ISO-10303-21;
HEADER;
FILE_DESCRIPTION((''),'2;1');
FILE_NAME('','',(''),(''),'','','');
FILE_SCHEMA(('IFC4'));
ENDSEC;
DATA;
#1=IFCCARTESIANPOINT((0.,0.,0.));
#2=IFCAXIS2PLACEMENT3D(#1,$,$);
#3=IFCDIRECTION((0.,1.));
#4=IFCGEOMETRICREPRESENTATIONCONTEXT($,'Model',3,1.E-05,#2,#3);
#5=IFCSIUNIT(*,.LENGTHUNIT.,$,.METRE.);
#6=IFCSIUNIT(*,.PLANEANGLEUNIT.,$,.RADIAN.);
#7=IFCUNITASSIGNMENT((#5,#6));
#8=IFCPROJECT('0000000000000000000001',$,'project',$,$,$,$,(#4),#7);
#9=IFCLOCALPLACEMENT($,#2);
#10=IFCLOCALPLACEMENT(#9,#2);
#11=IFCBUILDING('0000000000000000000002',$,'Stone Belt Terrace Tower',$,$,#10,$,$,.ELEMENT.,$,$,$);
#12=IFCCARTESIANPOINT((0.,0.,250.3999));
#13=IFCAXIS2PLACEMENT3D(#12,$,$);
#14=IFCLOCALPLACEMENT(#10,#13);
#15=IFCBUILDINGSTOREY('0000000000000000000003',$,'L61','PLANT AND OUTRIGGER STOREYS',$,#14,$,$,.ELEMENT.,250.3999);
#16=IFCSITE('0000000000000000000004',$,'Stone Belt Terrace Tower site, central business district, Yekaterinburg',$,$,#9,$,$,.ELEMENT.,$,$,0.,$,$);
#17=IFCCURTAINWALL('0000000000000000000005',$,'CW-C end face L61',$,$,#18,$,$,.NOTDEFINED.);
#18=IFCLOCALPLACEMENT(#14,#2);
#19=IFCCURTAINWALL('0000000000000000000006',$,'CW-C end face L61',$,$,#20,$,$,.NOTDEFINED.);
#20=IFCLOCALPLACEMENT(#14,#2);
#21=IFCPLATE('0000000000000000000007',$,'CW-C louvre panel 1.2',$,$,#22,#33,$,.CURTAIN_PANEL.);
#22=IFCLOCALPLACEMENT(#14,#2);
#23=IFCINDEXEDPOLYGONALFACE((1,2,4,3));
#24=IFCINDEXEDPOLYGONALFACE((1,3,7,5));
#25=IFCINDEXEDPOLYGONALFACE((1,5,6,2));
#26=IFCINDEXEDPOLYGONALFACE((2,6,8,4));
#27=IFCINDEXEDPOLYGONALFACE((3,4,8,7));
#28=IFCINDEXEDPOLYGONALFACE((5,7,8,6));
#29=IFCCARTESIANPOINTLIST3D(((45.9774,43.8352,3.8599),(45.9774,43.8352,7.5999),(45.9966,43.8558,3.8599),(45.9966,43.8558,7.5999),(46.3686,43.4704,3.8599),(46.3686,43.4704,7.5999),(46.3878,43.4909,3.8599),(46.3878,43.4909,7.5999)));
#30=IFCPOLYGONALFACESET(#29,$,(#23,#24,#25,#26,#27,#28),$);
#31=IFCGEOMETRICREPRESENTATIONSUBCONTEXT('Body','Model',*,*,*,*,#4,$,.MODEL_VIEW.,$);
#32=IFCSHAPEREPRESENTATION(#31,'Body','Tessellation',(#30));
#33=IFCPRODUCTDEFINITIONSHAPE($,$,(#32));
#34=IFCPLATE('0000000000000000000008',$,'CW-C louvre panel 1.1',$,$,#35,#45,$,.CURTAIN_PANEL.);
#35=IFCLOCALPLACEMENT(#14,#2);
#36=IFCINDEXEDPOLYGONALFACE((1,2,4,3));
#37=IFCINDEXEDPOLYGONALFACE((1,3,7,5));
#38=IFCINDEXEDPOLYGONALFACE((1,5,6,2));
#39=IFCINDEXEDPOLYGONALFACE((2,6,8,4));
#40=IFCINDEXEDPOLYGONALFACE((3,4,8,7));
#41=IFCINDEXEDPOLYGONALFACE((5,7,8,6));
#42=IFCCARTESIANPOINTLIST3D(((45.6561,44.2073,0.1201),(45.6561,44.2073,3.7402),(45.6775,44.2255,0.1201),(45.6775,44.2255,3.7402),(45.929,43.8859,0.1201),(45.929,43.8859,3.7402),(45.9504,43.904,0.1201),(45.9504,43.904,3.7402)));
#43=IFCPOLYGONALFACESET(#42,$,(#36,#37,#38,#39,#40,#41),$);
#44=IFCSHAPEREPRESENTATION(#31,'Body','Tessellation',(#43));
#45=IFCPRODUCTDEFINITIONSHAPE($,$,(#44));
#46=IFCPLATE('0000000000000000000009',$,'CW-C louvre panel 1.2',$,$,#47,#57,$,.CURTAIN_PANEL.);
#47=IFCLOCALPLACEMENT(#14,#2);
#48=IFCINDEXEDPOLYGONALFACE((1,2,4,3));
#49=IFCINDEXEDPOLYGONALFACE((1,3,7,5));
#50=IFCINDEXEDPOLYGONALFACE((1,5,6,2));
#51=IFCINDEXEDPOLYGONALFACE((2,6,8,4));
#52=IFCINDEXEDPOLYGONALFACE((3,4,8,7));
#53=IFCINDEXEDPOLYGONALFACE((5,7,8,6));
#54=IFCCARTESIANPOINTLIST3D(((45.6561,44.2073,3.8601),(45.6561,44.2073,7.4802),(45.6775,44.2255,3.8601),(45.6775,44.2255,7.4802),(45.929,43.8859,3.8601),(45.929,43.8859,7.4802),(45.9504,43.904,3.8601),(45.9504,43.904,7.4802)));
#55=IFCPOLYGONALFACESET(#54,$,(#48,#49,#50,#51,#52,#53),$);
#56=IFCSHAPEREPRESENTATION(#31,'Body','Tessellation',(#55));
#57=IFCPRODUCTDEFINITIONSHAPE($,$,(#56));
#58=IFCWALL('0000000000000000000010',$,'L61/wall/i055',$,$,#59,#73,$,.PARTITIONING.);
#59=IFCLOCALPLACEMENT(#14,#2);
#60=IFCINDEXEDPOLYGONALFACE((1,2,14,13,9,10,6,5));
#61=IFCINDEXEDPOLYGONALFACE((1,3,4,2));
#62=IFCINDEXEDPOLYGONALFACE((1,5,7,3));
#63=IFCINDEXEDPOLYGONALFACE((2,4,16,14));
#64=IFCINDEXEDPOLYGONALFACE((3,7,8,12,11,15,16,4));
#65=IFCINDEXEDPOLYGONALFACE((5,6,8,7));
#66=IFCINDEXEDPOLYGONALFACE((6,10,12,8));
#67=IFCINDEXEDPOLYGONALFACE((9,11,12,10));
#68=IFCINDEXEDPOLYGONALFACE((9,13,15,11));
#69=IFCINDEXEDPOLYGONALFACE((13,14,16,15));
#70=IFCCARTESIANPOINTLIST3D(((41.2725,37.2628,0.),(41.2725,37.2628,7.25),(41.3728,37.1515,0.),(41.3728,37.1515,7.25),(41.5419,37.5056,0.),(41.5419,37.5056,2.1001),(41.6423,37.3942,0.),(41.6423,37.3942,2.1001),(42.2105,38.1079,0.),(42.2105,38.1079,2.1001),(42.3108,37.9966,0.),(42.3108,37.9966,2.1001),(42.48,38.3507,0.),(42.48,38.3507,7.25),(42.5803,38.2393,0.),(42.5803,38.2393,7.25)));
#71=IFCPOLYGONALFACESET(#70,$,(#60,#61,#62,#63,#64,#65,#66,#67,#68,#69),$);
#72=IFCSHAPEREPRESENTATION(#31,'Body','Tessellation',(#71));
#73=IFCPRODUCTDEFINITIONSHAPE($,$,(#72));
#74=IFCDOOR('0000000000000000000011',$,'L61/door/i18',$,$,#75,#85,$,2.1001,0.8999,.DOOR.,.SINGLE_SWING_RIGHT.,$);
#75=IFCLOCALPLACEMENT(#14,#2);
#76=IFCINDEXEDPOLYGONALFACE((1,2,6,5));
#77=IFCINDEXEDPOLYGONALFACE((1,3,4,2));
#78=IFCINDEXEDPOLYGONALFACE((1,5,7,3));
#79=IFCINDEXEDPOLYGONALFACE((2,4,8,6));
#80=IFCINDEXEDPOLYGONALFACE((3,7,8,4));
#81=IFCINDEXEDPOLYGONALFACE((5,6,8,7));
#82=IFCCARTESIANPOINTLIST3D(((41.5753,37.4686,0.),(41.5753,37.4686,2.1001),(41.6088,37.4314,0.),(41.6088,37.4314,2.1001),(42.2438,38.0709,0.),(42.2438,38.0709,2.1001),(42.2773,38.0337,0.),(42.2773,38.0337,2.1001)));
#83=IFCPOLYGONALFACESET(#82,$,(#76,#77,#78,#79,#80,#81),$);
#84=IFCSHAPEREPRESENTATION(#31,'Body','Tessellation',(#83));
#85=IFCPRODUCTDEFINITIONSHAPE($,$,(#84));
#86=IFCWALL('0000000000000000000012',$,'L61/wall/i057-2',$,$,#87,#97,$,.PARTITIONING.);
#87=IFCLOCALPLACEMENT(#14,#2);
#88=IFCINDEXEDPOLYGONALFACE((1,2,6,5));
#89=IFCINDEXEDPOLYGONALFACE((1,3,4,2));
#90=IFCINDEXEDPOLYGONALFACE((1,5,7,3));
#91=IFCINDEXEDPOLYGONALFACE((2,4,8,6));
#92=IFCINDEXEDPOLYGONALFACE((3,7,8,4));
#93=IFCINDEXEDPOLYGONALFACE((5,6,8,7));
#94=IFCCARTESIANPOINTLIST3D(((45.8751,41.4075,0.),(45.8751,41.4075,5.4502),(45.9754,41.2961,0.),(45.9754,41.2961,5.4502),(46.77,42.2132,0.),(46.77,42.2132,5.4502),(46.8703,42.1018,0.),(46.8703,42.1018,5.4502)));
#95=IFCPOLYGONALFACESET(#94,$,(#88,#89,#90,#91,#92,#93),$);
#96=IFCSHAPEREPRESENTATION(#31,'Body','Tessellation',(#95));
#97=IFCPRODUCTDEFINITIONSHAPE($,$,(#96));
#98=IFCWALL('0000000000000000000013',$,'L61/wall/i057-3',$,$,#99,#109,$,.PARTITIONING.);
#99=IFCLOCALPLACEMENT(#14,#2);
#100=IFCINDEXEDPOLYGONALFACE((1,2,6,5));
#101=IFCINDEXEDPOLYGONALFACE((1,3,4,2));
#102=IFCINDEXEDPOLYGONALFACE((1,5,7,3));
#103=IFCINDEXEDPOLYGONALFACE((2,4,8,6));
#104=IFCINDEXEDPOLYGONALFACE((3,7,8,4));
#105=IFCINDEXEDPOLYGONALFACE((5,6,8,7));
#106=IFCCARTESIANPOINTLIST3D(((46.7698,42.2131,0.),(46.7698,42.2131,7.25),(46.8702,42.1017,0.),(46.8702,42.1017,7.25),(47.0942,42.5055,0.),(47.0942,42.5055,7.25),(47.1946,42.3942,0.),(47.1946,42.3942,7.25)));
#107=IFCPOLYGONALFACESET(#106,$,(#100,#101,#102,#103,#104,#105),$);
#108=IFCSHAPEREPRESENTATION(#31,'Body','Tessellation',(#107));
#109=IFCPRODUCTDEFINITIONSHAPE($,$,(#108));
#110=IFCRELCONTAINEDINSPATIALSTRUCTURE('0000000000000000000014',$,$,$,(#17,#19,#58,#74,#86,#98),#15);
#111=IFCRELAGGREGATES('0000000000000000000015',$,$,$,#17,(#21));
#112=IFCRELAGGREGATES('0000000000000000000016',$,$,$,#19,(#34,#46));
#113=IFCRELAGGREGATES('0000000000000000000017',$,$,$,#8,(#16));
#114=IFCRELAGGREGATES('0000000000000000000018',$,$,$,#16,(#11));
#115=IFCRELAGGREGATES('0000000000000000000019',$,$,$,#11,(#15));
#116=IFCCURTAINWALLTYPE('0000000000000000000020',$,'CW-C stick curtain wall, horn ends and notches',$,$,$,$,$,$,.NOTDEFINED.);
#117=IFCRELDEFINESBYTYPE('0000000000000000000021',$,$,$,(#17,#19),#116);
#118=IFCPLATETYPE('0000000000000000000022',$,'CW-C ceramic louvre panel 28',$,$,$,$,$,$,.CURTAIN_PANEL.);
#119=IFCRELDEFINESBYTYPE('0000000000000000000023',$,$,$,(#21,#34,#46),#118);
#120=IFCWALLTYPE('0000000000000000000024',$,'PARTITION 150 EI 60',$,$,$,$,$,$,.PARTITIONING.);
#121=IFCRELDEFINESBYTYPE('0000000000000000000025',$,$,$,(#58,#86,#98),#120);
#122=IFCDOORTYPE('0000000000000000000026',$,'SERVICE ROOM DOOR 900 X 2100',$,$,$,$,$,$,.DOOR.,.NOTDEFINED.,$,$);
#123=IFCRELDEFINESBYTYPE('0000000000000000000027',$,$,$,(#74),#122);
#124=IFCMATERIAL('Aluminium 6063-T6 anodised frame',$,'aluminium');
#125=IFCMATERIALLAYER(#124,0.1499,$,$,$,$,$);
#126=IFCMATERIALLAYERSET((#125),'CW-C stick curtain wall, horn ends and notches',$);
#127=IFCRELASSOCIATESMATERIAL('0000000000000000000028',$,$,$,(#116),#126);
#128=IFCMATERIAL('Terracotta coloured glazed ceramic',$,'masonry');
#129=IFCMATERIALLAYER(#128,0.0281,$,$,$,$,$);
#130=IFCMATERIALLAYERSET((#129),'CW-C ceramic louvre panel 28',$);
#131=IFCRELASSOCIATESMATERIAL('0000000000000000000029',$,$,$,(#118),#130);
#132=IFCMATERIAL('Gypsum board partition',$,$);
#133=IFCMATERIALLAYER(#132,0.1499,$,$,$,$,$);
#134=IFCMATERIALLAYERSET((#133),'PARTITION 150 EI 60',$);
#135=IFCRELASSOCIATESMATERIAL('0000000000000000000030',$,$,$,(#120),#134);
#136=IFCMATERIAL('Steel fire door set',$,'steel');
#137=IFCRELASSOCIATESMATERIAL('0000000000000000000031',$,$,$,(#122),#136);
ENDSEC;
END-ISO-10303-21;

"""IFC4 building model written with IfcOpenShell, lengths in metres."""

from ifc_helpers import new_model, si_unit, direction, frame, frame_2d, origin, origin_2d, place, context, subcontext, project, spatial, rectangle, extrude, material, layer, layer_set, type_object, element, fill, aggregate, save


model = new_model("IFC4")

# Units and contexts
model_context = context("Model", 3, precision=1e-05, world=origin(), true_north=direction((0.0, 1.0)))
body_context = subcontext(model_context, "Body", "Model", "MODEL_VIEW")
ifc_project = project(units=[si_unit("LENGTHUNIT", "METRE"), si_unit("PLANEANGLEUNIT", "RADIAN")], contexts=[model_context])

# Site, building, storey
site_placement = place(None, origin())
site = spatial("IfcSite", under=ifc_project, at=site_placement, Name="Stone Belt Terrace Tower site, central business district, Yekaterinburg", CompositionType="ELEMENT", RefElevation=0.0)
building_placement = place(site_placement, origin())
building = spatial("IfcBuilding", under=site, at=building_placement, Name="Stone Belt Terrace Tower", CompositionType="ELEMENT")
storey_placement = place(building_placement, frame((0.0, 0.0, 250.3999)))
storey = spatial("IfcBuildingStorey", under=building, at=storey_placement, Name="L61", Description="PLANT AND OUTRIGGER STOREYS", CompositionType="ELEMENT", Elevation=250.3999)

# Shared definitions
ifc_material_1 = material(Name="Aluminium 6063-T6 anodised frame", Category="aluminium")
ifc_layer_1 = layer(ifc_material_1, 0.1499)
ifc_layer_set_1 = layer_set([ifc_layer_1], Name="CW-C stick curtain wall, horn ends and notches")
curtain_wall_type = type_object("IfcCurtainWallType", Name="CW-C stick curtain wall, horn ends and notches", PredefinedType="NOTDEFINED", material=ifc_layer_set_1)

# Curtain walls
curtain_wall_1_placement = place(storey_placement, origin())
curtain_wall_1 = element("IfcCurtainWall", 1, at=curtain_wall_1_placement, inside=storey, type_object=curtain_wall_type, Name="CW-C end face L61", PredefinedType="NOTDEFINED")
curtain_wall_2_placement = place(storey_placement, origin())
curtain_wall_2 = element("IfcCurtainWall", 2, at=curtain_wall_2_placement, inside=storey, type_object=curtain_wall_type, Name="CW-C end face L61", PredefinedType="NOTDEFINED")

# Plates
ifc_material_2 = material(Name="Terracotta coloured glazed ceramic", Category="masonry")
ifc_layer_2 = layer(ifc_material_2, 0.0281)
ifc_layer_set_2 = layer_set([ifc_layer_2], Name="CW-C ceramic louvre panel 28")
plate_type = type_object("IfcPlateType", Name="CW-C ceramic louvre panel 28", PredefinedType="CURTAIN_PANEL", material=ifc_layer_set_2)
plate_1_placement = place(storey_placement, frame((46.1826, 43.6631, 3.8599), z_axis=(0.0, 0.0, 1.0), x_axis=(-0.731339, 0.682014, 0.0)))
plate_1 = element("IfcPlate", 3, at=plate_1_placement, type_object=plate_type, Name="CW-C louvre panel 1.2", PredefinedType="CURTAIN_PANEL", context=body_context, shape_type="SweptSolid", body=[
    extrude(rectangle(XDim=0.5349, YDim=0.0281, at=origin_2d()), origin(), (0.0, 0.0, 1.0), 3.74),
])
aggregate(curtain_wall_1, [plate_1])
plate_2_placement = place(storey_placement, frame((45.8032, 44.0557, 0.1201), z_axis=(0.0, 0.0, 1.0), x_axis=(-0.647211, 0.762311, 0.0)))
plate_2 = element("IfcPlate", 4, at=plate_2_placement, type_object=plate_type, Name="CW-C louvre panel 1.1", PredefinedType="CURTAIN_PANEL", context=body_context, shape_type="SweptSolid", body=[
    extrude(rectangle(XDim=0.4216, YDim=0.0281, at=origin_2d()), origin(), (0.0, 0.0, 1.0), 3.6201),
])
plate_3_placement = place(storey_placement, frame((45.8032, 44.0557, 3.8601), z_axis=(0.0, 0.0, 1.0), x_axis=(-0.647211, 0.762311, 0.0)))
plate_3 = element("IfcPlate", 5, at=plate_3_placement, type_object=plate_type, Name="CW-C louvre panel 1.2", PredefinedType="CURTAIN_PANEL", context=body_context, shape_type="SweptSolid", body=[
    extrude(rectangle(XDim=0.4216, YDim=0.0281, at=origin_2d()), origin(), (0.0, 0.0, 1.0), 3.6201),
])
aggregate(curtain_wall_2, [plate_2, plate_3])

# Wall, opening, door
ifc_material_3 = material(Name="Gypsum board partition")
ifc_layer_3 = layer(ifc_material_3, 0.1499)
ifc_layer_set_3 = layer_set([ifc_layer_3], Name="PARTITION 150 EI 60")
wall_type = type_object("IfcWallType", Name="PARTITION 150 EI 60", PredefinedType="PARTITIONING", material=ifc_layer_set_3)
wall_1_placement = place(storey_placement, frame((42.53, 38.2949, 0.0), z_axis=(0.0, 0.0, 1.0), x_axis=(-0.74295, -0.669346, 0.0)))
wall_1 = element("IfcWall", 6, at=wall_1_placement, inside=storey, type_object=wall_type, Name="L61/wall/i055", PredefinedType="PARTITIONING", context=body_context, shape_type="SweptSolid", body=[
    extrude(rectangle(XDim=1.6252, YDim=0.1499, at=frame_2d((0.8125, 0.0))), origin(), (0.0, 0.0, 1.0), 7.25),
])
opening_placement = place(wall_1_placement, frame((0.3625, 0.0, 0.0)))
opening = element("IfcOpeningElement", 7, at=opening_placement, cuts=wall_1, PredefinedType="OPENING", context=body_context, shape_type="SweptSolid", body=[
    extrude(rectangle(XDim=0.8999, YDim=2.1001, at=frame_2d((0.45, 1.05))), frame((0.0, 0.085, 0.0), z_axis=(0.0, -1.0, 0.0), x_axis=(1.0, 0.0, 0.0)), (0.0, 0.0, 1.0), 0.1699),
])
ifc_material_4 = material(Name="Steel fire door set", Category="steel")
door_type = type_object("IfcDoorType", Name="SERVICE ROOM DOOR 900 X 2100", OperationType="NOTDEFINED", PredefinedType="DOOR", material=ifc_material_4)
door_placement = place(opening_placement, origin())
door = element("IfcDoor", 8, at=door_placement, inside=storey, type_object=door_type, Name="L61/door/i18", OperationType="SINGLE_SWING_RIGHT", OverallHeight=2.1001, OverallWidth=0.8999, PredefinedType="DOOR", context=body_context, shape_type="SweptSolid", body=[
    extrude(rectangle(XDim=0.8999, YDim=2.1001, at=frame_2d((0.45, 1.05))), frame((0.0, 0.0249, 0.0), z_axis=(0.0, -1.0, 0.0), x_axis=(1.0, 0.0, 0.0)), (0.0, 0.0, 1.0), 0.05),
])
fill(opening, door)

# Walls
wall_2_placement = place(storey_placement, frame((45.9253, 41.3518, 0.0), z_axis=(0.0, 0.0, 1.0), x_axis=(0.743143, 0.669133, 0.0)))
element("IfcWall", 9, at=wall_2_placement, inside=storey, type_object=wall_type, Name="L61/wall/i057-2", PredefinedType="PARTITIONING", context=body_context, shape_type="SweptSolid", body=[
    extrude(rectangle(XDim=1.2041, YDim=0.1499, at=frame_2d((0.6021, 0.0))), origin(), (0.0, 0.0, 1.0), 5.4502),
])
wall_3_placement = place(storey_placement, frame((46.8201, 42.1575, 0.0), z_axis=(0.0, 0.0, 1.0), x_axis=(0.742766, 0.669551, 0.0)))
element("IfcWall", 10, at=wall_3_placement, inside=storey, type_object=wall_type, Name="L61/wall/i057-3", PredefinedType="PARTITIONING", context=body_context, shape_type="SweptSolid", body=[
    extrude(rectangle(XDim=0.4368, YDim=0.1499, at=frame_2d((0.2183, 0.0))), origin(), (0.0, 0.0, 1.0), 7.25),
])

save(model, "model.ifc")
